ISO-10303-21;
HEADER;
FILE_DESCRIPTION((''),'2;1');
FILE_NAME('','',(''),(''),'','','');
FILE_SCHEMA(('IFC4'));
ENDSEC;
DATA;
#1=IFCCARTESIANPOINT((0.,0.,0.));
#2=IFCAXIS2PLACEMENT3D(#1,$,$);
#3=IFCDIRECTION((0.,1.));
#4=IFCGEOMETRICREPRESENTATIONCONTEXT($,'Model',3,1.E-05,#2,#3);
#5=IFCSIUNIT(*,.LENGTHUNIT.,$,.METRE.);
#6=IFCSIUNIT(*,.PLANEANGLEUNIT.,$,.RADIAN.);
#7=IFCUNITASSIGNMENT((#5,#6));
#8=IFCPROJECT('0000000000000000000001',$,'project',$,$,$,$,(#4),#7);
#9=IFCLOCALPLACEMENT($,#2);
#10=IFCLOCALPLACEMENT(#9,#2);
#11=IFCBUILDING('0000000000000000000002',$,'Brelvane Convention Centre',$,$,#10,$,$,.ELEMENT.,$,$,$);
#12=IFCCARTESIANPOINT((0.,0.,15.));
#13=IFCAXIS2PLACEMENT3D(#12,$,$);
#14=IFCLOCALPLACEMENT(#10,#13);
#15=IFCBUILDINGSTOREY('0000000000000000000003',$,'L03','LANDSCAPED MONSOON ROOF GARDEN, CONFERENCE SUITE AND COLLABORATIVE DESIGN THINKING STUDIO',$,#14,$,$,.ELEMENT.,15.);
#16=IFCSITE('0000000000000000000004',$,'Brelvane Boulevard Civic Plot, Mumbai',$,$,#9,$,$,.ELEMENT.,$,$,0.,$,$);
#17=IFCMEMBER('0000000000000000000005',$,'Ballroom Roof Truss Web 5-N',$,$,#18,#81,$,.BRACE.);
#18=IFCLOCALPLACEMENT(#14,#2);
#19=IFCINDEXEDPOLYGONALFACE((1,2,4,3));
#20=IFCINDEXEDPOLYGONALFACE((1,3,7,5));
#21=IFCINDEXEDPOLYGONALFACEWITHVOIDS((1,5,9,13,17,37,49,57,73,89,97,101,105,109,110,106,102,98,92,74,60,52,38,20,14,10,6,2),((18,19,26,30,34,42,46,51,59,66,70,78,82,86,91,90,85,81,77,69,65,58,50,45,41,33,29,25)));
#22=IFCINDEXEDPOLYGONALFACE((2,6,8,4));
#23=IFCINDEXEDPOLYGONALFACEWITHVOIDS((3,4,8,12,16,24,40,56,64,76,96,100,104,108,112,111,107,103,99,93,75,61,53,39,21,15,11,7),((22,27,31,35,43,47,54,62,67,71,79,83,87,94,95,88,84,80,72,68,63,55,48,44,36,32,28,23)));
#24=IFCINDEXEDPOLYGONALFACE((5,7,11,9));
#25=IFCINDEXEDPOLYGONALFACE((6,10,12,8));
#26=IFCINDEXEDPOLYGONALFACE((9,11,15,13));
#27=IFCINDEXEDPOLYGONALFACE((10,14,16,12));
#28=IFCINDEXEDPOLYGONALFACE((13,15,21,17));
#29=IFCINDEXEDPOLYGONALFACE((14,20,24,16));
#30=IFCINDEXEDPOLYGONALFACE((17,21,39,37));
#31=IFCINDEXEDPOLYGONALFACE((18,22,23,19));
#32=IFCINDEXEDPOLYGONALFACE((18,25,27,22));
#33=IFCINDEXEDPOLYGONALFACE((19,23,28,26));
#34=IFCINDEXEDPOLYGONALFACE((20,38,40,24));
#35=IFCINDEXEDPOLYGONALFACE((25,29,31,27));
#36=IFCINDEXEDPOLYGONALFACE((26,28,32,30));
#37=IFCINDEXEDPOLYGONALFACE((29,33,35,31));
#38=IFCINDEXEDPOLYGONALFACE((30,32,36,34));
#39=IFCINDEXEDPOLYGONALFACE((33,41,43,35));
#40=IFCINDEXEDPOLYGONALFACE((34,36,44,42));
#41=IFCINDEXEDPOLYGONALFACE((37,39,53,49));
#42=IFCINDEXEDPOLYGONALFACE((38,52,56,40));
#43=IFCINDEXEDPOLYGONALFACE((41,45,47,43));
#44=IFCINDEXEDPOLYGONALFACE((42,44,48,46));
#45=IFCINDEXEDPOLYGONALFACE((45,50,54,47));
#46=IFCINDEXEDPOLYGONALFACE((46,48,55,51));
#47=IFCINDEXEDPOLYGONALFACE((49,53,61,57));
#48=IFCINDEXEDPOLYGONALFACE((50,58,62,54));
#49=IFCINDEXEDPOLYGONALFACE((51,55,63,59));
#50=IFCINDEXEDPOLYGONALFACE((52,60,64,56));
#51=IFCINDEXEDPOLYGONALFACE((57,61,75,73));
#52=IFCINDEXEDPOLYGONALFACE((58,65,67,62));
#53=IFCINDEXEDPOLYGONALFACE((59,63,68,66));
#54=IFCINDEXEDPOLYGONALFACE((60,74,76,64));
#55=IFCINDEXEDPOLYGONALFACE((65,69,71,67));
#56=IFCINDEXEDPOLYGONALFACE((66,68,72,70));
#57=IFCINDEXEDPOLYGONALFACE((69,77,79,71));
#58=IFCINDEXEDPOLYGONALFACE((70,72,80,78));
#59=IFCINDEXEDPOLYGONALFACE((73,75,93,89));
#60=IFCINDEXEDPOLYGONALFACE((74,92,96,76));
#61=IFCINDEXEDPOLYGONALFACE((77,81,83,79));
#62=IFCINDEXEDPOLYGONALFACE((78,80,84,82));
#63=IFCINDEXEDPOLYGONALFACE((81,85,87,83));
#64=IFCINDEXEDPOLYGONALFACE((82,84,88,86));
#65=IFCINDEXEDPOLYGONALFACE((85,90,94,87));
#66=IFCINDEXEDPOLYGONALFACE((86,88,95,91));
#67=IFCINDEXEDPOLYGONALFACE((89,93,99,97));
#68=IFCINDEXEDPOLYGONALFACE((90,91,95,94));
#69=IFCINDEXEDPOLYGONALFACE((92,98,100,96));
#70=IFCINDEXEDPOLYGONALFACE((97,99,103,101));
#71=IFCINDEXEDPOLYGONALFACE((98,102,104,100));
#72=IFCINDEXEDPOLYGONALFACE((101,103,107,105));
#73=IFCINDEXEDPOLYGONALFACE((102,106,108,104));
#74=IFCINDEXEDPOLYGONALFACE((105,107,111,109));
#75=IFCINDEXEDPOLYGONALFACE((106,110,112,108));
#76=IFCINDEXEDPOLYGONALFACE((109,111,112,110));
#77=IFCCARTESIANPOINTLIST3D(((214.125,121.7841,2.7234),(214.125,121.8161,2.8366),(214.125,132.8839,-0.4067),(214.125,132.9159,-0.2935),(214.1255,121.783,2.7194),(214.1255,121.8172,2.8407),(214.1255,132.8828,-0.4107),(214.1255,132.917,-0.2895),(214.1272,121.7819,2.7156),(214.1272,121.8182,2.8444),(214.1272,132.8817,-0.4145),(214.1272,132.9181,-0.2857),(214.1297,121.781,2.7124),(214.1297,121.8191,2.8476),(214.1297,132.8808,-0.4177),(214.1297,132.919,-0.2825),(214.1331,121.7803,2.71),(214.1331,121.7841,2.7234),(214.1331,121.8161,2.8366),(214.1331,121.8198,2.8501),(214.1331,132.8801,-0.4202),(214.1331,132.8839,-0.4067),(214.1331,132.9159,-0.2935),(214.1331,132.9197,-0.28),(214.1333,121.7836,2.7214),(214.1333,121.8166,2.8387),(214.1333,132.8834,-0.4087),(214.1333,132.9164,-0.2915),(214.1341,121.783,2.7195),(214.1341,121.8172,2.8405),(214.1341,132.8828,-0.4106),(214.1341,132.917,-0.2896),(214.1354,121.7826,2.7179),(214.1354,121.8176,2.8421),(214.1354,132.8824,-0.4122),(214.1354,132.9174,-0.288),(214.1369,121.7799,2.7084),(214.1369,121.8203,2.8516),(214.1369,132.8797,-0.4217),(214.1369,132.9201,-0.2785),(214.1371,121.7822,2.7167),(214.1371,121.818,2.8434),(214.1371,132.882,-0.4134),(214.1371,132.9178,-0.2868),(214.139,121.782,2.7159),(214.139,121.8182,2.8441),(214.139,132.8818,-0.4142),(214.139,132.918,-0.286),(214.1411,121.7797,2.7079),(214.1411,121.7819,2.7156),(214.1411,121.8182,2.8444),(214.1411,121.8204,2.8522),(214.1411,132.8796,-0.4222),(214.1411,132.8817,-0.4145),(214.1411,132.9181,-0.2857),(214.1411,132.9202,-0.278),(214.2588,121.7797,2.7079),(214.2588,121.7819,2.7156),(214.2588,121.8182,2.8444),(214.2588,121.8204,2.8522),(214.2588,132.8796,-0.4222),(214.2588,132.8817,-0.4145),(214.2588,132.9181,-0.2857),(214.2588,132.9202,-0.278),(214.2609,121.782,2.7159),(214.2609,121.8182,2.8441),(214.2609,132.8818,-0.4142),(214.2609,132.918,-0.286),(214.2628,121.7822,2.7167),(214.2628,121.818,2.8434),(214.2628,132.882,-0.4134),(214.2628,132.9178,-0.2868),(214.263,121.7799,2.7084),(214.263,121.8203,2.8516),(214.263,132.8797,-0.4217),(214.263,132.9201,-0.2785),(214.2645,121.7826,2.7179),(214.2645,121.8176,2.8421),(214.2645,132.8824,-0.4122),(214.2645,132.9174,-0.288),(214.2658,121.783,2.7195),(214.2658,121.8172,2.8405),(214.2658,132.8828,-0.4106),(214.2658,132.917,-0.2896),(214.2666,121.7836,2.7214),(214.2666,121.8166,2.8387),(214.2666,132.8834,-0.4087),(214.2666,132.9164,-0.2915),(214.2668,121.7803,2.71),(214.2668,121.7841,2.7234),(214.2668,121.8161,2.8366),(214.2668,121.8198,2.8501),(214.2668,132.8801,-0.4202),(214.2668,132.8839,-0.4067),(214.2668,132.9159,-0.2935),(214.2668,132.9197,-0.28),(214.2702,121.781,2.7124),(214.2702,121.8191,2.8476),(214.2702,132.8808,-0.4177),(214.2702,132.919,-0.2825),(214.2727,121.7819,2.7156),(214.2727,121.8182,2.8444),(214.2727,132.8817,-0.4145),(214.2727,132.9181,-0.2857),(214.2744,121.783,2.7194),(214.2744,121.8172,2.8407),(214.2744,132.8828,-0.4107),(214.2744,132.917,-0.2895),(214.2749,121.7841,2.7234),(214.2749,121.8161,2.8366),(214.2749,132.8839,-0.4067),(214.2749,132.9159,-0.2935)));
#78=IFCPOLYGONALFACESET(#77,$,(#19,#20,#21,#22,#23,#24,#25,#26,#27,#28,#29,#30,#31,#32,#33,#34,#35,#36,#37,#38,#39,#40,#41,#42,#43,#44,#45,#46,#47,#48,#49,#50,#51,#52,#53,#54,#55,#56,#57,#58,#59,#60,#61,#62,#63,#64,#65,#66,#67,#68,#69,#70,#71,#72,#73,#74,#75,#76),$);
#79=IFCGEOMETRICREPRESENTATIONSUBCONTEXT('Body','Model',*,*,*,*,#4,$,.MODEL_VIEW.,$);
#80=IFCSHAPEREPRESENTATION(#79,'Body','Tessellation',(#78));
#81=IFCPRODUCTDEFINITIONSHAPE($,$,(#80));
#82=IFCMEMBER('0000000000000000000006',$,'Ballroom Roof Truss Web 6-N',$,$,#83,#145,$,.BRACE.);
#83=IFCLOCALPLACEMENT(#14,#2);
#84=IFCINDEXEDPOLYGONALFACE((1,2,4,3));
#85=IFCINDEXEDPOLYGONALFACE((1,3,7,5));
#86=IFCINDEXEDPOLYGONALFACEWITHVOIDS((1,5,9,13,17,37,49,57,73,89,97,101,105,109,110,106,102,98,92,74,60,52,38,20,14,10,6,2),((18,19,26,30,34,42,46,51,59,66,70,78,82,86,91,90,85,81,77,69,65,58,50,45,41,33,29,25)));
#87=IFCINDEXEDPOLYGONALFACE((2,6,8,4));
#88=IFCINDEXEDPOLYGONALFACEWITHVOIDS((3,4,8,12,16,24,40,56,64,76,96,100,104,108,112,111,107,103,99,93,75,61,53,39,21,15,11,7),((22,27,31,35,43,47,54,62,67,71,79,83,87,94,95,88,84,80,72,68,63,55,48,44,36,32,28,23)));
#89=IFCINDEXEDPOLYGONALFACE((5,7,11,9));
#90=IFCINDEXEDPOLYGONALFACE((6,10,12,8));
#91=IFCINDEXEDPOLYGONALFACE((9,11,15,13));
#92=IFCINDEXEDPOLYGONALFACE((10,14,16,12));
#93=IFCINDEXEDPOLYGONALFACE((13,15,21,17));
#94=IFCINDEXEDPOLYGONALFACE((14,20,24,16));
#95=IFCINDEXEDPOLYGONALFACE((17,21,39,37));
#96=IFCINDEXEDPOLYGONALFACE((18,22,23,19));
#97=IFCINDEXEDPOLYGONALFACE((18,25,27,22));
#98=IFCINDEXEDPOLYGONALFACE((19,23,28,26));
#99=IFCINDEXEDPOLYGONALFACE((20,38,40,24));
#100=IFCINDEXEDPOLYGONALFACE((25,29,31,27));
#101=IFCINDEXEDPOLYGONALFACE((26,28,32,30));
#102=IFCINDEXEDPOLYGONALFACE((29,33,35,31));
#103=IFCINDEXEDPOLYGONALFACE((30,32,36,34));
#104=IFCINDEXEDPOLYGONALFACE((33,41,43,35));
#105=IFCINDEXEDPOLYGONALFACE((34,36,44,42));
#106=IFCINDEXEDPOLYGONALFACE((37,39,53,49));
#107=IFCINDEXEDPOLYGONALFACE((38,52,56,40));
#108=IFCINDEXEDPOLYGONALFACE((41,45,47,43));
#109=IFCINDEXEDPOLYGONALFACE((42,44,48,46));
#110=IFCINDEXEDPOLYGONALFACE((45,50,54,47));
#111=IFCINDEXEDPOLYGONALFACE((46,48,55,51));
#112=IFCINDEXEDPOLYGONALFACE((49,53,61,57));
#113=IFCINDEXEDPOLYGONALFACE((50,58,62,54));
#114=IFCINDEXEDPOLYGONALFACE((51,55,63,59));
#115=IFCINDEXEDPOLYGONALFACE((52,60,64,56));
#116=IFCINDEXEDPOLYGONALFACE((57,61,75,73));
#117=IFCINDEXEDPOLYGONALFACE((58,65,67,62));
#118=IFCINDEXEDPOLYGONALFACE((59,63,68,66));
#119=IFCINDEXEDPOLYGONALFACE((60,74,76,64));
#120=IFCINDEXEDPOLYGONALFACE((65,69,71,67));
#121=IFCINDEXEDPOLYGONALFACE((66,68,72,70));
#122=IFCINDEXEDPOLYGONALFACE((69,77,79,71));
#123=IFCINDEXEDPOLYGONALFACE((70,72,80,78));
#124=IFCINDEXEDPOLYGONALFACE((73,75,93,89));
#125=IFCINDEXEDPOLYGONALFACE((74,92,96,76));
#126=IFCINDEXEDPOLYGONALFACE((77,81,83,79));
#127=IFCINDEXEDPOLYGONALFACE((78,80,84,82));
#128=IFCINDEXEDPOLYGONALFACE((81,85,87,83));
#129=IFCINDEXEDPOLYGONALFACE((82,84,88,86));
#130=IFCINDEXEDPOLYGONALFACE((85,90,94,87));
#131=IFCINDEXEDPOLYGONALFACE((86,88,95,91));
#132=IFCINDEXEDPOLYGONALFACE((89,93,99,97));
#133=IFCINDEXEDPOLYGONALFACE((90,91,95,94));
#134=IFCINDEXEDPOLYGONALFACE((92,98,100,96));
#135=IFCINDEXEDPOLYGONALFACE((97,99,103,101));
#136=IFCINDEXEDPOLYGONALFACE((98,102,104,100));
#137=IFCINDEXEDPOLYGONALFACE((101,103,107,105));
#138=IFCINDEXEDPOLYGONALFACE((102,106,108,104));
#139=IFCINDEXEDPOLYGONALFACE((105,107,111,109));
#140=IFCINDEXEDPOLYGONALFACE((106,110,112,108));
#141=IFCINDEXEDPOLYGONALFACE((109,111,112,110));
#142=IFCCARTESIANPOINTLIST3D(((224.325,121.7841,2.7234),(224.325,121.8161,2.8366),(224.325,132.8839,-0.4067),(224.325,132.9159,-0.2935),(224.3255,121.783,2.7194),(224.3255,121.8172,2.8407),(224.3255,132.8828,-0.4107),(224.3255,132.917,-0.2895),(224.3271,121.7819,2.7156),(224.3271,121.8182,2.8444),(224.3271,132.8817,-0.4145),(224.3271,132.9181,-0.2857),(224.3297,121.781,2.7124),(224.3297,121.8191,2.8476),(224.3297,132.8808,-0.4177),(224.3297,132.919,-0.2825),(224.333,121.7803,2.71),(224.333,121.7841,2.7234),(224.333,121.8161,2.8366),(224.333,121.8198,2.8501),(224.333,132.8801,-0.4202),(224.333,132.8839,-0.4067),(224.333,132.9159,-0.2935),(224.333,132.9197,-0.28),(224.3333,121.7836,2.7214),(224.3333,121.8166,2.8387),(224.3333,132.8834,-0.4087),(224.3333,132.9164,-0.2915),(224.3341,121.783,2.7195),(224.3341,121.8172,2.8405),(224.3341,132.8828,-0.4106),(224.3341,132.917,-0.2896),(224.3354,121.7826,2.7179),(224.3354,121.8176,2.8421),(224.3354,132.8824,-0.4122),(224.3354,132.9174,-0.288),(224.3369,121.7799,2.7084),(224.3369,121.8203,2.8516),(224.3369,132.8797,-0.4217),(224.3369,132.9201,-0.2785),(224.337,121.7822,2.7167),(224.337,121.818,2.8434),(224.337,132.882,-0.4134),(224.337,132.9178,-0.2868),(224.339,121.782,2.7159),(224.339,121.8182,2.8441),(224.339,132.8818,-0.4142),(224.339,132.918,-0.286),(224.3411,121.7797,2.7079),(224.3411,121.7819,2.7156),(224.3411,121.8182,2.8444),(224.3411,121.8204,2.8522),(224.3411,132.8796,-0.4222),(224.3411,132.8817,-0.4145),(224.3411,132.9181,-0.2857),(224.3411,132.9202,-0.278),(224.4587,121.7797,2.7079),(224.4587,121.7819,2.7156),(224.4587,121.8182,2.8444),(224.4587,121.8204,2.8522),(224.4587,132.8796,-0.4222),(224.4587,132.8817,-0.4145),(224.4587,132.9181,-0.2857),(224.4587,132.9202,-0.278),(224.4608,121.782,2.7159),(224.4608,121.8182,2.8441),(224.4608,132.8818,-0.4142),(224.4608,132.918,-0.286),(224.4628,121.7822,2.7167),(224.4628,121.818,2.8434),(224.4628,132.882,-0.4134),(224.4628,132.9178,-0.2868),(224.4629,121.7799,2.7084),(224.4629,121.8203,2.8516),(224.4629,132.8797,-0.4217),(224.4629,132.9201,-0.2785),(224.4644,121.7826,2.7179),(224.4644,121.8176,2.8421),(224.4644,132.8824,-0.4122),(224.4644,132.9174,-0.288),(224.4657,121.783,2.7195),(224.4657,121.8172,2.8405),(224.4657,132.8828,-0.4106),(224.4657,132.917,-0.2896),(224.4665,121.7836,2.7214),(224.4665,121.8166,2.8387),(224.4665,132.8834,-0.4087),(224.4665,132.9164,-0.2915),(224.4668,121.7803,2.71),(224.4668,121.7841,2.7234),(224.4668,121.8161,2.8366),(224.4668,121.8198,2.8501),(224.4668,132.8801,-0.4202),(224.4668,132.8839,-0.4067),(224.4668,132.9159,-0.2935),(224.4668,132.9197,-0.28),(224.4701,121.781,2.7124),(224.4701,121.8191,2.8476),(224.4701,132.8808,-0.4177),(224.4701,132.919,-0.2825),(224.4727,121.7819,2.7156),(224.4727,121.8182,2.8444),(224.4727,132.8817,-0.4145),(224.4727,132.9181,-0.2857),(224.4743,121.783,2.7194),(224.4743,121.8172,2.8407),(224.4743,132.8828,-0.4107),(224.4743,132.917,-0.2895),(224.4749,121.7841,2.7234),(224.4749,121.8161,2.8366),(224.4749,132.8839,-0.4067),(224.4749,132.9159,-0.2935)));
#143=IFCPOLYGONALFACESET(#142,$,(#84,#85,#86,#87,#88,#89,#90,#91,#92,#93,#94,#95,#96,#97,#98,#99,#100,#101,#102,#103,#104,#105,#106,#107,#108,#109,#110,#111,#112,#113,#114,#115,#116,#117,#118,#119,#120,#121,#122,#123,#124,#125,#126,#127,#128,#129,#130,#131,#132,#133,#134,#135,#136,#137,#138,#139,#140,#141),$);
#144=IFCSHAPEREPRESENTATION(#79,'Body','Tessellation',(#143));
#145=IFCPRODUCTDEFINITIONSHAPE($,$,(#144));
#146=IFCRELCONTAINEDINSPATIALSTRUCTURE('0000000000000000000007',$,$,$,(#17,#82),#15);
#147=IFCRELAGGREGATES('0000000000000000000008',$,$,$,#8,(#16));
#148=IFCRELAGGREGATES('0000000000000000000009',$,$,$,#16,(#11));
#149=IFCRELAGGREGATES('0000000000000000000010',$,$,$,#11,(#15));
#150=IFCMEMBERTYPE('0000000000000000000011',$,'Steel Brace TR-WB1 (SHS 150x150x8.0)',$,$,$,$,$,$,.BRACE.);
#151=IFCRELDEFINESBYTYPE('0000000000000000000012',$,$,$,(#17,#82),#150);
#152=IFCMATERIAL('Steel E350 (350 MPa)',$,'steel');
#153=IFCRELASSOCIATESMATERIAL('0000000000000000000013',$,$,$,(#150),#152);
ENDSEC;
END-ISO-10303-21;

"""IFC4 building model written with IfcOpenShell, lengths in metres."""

from ifc_helpers import new_model, si_unit, direction, frame, origin, origin_2d, place, context, subcontext, project, spatial, hollow_rectangle, extrude, material, material_profile, profile_set, type_object, element, save


model = new_model("IFC4")

# Units and contexts
model_context = context("Model", 3, precision=1e-05, world=origin(), true_north=direction((0.0, 1.0)))
body_context = subcontext(model_context, "Body", "Model", "MODEL_VIEW")
ifc_project = project(units=[si_unit("LENGTHUNIT", "METRE"), si_unit("PLANEANGLEUNIT", "RADIAN")], contexts=[model_context])

# Site, building, storey
site_placement = place(None, origin())
site = spatial("IfcSite", under=ifc_project, at=site_placement, Name="Brelvane Boulevard Civic Plot, Mumbai", CompositionType="ELEMENT", RefElevation=0.0)
building_placement = place(site_placement, origin())
building = spatial("IfcBuilding", under=site, at=building_placement, Name="Brelvane Convention Centre", CompositionType="ELEMENT")
storey_placement = place(building_placement, frame((0.0, 0.0, 15.0)))
storey = spatial("IfcBuildingStorey", under=building, at=storey_placement, Name="L03", Description="LANDSCAPED MONSOON ROOF GARDEN, CONFERENCE SUITE AND COLLABORATIVE DESIGN THINKING STUDIO", CompositionType="ELEMENT", Elevation=15.0)

# Members
ifc_material_1 = material(Name="Steel E350 (350 MPa)", Category="steel")
ifc_material_profile_1 = material_profile(ifc_material_1, hollow_rectangle(XDim=0.1499, YDim=0.1499, WallThickness=0.0081, InnerFilletRadius=0.0081, OuterFilletRadius=0.0161, at=origin_2d()), Name="SHS 150x150x8.0")
ifc_profile_set_1 = profile_set([ifc_material_profile_1], Name="Steel E350 (350 MPa)")
member_type_1 = type_object("IfcMemberType", Name="Steel Brace TR-WB1 (SHS 150x150x8.0)", PredefinedType="BRACE", material=ifc_profile_set_1)
for number, where, z_axis, x_axis, name in (
    (1, (214.2, 132.8999, -0.3501), (0.0, -0.962463, 0.271412), (1.0, 0.0, 0.0), "Ballroom Roof Truss Web 5-N"),
    (2, (224.3999, 132.8999, -0.3501), (0.0, -0.962463, 0.271412), (1.0, 0.0, 0.0), "Ballroom Roof Truss Web 6-N"),
):
    element("IfcMember", number, at=place(storey_placement, frame(where, z_axis=z_axis, x_axis=x_axis)), inside=storey, type_object=member_type_1, Name=name, PredefinedType="BRACE", context=body_context, shape_type="SweptSolid", body=[
        extrude(hollow_rectangle(XDim=0.1499, YDim=0.1499, WallThickness=0.0081, InnerFilletRadius=0.0081, OuterFilletRadius=0.0161, at=origin_2d()), origin(), (0.0, 0.0, 1.0), 11.5327),
    ])

save(model, "model.ifc")
